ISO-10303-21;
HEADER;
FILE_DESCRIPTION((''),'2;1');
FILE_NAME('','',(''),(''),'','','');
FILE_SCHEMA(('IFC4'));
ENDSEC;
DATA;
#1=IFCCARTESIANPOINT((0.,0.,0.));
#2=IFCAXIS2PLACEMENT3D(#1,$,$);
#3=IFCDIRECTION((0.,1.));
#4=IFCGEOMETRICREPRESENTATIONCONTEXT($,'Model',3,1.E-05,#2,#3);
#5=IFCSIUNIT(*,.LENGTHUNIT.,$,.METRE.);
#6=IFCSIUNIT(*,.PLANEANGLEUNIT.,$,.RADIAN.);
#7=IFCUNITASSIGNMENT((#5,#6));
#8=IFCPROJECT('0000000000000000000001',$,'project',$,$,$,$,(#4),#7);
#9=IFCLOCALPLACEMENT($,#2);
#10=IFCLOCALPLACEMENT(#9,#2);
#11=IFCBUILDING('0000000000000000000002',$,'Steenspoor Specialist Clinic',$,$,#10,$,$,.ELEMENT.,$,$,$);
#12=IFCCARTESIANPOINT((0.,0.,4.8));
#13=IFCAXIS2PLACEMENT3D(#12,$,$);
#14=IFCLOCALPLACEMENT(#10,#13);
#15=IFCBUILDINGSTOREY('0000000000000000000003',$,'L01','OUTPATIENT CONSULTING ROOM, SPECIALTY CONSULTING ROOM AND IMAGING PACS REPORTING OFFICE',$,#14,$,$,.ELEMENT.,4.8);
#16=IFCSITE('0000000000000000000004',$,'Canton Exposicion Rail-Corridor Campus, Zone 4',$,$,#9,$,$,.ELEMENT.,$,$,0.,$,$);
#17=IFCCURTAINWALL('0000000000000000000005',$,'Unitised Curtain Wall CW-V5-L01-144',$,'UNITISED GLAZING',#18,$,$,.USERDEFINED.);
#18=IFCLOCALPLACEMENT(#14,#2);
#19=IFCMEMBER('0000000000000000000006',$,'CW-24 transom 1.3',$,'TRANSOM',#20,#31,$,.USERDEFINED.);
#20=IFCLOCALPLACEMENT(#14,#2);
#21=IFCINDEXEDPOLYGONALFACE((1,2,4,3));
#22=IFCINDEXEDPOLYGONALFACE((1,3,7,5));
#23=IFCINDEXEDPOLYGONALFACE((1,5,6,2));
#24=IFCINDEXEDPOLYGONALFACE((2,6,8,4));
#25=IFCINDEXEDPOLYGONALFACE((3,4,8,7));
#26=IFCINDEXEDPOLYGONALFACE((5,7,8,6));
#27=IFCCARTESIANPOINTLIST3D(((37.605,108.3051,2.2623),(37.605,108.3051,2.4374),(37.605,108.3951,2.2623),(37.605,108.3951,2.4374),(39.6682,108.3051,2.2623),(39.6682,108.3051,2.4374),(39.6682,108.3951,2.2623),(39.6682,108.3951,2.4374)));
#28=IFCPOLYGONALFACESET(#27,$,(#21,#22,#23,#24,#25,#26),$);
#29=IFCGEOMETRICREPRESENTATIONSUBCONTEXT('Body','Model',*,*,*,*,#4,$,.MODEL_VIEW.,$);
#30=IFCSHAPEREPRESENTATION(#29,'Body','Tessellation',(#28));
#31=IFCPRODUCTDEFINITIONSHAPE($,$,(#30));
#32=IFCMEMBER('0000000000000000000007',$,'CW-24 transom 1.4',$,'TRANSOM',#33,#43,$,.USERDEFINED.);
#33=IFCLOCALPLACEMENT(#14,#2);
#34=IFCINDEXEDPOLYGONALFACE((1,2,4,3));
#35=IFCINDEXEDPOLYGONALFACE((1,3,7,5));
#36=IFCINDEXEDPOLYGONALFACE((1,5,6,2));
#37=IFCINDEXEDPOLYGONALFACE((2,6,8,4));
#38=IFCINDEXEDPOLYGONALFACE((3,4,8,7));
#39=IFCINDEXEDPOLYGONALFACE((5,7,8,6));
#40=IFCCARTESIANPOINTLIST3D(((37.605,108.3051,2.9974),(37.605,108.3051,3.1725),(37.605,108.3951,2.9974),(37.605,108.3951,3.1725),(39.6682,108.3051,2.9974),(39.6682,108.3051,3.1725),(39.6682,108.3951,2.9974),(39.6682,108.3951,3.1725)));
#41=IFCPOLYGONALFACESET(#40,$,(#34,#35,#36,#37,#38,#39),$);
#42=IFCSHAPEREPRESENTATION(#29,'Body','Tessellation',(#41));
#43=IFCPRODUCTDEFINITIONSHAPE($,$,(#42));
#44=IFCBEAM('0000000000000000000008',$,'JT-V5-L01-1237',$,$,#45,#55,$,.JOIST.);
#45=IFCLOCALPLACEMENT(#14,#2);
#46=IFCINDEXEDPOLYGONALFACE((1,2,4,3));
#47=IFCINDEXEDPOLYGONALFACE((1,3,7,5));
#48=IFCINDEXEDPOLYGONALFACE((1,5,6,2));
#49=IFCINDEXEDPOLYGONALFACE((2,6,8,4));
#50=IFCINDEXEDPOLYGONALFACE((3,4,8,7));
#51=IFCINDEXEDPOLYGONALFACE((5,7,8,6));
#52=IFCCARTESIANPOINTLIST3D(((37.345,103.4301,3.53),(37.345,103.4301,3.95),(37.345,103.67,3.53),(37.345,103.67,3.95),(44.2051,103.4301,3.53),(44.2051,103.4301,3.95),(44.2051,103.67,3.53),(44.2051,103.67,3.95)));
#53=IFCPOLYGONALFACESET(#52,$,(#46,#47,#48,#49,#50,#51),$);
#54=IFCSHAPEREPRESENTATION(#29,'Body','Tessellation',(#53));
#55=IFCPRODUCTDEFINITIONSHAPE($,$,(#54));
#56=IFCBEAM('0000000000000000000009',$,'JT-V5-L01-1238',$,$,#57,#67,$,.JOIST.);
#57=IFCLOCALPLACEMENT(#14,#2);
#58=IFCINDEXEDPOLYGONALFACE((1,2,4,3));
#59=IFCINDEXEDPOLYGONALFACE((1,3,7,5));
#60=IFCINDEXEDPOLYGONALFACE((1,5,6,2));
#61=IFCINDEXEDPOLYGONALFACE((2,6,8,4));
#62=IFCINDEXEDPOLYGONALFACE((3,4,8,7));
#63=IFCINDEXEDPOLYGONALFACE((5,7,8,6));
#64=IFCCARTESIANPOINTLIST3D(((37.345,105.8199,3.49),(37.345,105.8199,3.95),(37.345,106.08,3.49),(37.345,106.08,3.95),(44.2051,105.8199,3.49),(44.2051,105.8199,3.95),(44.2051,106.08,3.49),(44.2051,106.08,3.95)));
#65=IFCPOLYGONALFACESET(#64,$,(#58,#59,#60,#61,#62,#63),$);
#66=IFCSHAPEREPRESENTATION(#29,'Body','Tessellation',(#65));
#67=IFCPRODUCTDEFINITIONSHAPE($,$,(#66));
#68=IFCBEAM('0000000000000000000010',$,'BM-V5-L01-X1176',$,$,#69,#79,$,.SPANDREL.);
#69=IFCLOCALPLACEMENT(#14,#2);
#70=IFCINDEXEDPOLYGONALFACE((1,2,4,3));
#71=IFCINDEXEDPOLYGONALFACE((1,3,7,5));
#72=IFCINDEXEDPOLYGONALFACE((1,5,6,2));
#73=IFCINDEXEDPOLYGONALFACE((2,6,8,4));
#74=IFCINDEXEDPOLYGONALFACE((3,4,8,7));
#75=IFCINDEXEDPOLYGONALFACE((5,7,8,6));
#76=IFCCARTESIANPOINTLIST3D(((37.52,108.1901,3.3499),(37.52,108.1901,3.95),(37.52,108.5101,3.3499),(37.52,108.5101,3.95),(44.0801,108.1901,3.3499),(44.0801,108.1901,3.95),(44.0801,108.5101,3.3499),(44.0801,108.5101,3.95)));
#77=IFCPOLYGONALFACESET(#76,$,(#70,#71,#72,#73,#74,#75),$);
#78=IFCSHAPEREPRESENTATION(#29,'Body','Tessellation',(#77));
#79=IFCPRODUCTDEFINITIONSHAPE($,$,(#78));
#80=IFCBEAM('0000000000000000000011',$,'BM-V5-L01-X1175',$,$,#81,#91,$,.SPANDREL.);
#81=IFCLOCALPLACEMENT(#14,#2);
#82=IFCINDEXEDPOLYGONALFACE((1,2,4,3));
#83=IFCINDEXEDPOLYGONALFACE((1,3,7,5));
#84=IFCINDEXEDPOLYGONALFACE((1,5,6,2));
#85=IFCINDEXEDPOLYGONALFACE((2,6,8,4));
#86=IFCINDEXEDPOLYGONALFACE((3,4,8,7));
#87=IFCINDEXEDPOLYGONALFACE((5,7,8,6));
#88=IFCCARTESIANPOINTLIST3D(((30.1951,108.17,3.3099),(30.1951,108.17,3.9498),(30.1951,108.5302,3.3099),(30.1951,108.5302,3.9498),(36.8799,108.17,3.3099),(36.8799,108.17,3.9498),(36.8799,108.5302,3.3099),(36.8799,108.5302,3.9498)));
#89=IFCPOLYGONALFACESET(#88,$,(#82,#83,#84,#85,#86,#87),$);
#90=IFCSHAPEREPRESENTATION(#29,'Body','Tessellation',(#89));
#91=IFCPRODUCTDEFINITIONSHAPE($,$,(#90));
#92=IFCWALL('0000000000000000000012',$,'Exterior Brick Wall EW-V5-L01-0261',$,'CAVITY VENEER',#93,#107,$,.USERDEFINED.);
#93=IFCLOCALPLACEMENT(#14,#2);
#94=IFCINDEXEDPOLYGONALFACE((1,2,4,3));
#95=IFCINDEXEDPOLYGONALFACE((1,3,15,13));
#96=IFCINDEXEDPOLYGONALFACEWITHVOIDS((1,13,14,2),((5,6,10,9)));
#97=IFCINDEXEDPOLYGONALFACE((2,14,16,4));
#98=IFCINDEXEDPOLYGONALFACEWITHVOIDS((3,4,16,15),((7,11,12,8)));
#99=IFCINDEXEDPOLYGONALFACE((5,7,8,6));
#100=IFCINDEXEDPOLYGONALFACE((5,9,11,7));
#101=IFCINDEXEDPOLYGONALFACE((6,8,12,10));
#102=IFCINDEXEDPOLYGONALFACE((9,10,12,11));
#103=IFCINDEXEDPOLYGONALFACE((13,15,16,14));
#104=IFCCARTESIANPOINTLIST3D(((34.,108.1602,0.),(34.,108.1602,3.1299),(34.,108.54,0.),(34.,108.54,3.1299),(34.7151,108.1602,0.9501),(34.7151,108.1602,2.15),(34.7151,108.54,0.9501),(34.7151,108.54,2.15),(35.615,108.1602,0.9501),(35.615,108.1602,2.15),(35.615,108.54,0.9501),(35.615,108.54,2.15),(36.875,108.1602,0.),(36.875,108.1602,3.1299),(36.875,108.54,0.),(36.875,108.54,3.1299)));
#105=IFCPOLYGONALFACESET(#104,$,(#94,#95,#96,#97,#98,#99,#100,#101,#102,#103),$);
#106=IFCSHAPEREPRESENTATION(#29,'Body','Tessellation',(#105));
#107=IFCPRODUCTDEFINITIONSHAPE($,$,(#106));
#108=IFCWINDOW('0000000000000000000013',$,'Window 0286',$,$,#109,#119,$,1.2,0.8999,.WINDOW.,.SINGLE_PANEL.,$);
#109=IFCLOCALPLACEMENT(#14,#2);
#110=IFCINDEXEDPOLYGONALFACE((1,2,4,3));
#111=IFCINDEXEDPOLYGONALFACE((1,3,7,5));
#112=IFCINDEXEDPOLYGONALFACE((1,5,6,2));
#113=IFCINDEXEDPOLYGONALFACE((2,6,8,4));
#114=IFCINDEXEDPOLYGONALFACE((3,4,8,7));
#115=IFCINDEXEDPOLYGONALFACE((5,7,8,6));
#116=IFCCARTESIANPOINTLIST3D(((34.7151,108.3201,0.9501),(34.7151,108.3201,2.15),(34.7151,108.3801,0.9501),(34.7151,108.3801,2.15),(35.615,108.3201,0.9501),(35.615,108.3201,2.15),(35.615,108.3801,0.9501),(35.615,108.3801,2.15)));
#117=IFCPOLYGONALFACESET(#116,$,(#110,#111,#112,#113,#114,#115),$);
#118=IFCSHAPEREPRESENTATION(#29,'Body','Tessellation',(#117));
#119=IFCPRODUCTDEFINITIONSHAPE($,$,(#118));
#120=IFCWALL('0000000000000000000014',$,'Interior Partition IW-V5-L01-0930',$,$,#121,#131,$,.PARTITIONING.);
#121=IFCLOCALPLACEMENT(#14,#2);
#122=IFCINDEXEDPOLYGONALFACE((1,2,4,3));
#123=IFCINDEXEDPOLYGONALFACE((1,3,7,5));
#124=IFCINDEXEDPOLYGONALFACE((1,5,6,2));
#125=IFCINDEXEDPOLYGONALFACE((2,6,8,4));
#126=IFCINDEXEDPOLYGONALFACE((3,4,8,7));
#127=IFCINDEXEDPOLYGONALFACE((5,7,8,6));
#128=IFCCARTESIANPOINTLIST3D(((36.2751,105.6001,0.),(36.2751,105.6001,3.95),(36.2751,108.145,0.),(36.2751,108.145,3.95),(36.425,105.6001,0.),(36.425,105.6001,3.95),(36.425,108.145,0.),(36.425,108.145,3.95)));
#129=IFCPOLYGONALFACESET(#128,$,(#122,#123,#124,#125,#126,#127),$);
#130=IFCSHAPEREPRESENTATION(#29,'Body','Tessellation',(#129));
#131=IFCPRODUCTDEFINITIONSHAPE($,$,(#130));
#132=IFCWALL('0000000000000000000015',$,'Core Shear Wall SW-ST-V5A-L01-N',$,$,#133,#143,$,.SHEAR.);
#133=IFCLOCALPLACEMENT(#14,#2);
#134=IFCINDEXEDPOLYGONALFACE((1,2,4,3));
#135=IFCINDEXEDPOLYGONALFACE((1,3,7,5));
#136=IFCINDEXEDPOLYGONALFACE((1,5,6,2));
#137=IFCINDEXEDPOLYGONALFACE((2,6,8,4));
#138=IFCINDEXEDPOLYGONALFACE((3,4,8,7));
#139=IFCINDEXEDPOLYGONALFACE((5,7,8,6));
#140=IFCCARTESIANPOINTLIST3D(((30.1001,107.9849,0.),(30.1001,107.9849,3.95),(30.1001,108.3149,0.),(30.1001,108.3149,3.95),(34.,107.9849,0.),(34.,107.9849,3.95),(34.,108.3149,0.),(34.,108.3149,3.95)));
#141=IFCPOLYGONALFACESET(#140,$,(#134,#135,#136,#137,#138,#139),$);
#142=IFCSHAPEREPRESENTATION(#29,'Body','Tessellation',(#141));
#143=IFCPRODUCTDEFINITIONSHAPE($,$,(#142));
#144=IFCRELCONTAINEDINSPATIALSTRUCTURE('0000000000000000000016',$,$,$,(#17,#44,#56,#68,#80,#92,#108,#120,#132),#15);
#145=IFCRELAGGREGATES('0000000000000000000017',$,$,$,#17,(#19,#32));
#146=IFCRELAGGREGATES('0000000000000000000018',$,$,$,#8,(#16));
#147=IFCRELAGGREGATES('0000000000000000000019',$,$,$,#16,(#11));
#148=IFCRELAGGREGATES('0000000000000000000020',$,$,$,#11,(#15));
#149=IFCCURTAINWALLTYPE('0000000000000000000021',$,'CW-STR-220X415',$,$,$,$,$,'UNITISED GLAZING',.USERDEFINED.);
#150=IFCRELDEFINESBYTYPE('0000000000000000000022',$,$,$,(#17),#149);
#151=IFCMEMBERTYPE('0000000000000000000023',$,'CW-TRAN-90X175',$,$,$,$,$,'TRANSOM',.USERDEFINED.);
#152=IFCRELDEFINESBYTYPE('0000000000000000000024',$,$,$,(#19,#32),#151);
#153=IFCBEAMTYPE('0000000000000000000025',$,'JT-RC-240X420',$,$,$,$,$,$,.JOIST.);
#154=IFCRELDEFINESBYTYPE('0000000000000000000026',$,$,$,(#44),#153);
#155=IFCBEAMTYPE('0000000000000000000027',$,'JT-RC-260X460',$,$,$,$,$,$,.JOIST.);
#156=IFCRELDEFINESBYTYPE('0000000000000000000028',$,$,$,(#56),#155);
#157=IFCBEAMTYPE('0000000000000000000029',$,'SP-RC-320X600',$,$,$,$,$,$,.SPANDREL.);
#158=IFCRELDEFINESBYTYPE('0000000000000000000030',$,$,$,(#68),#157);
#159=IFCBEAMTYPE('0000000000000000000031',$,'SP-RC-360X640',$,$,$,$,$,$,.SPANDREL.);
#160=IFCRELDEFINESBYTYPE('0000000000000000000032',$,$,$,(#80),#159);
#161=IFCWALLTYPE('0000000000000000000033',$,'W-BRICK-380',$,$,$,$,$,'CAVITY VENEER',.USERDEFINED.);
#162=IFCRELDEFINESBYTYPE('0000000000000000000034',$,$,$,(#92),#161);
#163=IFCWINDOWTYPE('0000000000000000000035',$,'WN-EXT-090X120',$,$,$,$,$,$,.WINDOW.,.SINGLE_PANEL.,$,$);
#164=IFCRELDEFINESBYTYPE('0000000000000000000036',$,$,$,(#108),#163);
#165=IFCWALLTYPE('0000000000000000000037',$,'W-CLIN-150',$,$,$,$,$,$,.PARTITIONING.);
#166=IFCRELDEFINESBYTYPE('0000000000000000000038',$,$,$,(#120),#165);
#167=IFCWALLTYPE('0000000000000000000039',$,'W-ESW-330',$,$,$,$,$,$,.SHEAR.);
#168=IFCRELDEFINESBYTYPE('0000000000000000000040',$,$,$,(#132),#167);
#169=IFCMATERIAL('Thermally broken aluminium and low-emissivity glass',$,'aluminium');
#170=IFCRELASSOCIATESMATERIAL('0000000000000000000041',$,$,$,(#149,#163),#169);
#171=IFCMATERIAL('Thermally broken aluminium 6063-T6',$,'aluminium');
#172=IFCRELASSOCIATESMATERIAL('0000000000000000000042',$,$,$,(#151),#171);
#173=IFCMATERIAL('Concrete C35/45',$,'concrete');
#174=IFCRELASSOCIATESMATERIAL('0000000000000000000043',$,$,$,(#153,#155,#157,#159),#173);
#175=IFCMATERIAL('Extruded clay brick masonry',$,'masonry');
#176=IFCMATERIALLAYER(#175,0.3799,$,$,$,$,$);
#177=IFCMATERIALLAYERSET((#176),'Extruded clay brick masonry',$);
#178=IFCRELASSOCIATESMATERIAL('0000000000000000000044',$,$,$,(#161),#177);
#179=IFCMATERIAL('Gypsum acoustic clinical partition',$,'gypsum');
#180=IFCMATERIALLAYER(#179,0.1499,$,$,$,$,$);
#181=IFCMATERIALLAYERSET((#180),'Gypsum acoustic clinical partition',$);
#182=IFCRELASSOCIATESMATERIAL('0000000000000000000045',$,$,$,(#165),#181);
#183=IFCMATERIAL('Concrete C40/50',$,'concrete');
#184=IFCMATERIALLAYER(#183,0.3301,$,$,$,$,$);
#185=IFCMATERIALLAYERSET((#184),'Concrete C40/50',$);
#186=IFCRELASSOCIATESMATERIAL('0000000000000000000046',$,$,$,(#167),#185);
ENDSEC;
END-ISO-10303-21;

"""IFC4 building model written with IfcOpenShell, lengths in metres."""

from ifc_helpers import new_model, si_unit, direction, frame, frame_2d, origin, origin_2d, place, context, subcontext, project, spatial, rectangle, extrude, material, layer, layer_set, material_profile, profile_set, type_object, element, fill, aggregate, save


model = new_model("IFC4")

# Units and contexts
model_context = context("Model", 3, precision=1e-05, world=origin(), true_north=direction((0.0, 1.0)))
body_context = subcontext(model_context, "Body", "Model", "MODEL_VIEW")
ifc_project = project(units=[si_unit("LENGTHUNIT", "METRE"), si_unit("PLANEANGLEUNIT", "RADIAN")], contexts=[model_context])

# Site, building, storey
site_placement = place(None, origin())
site = spatial("IfcSite", under=ifc_project, at=site_placement, Name="Canton Exposicion Rail-Corridor Campus, Zone 4", CompositionType="ELEMENT", RefElevation=0.0)
building_placement = place(site_placement, origin())
building = spatial("IfcBuilding", under=site, at=building_placement, Name="Steenspoor Specialist Clinic", CompositionType="ELEMENT")
storey_placement = place(building_placement, frame((0.0, 0.0, 4.8)))
storey = spatial("IfcBuildingStorey", under=building, at=storey_placement, Name="L01", Description="OUTPATIENT CONSULTING ROOM, SPECIALTY CONSULTING ROOM AND IMAGING PACS REPORTING OFFICE", CompositionType="ELEMENT", Elevation=4.8)

# Shared definitions
ifc_material_1 = material(Name="Concrete C40/50", Category="concrete")

# Shared definitions
ifc_material_2 = material(Name="Concrete C35/45", Category="concrete")

# Curtain wall, members
ifc_material_3 = material(Name="Thermally broken aluminium and low-emissivity glass", Category="aluminium")
curtain_wall_type = type_object("IfcCurtainWallType", Name="CW-STR-220X415", ElementType="UNITISED GLAZING", PredefinedType="USERDEFINED", material=ifc_material_3)
curtain_wall_placement = place(storey_placement, origin())
curtain_wall = element("IfcCurtainWall", 1, at=curtain_wall_placement, inside=storey, type_object=curtain_wall_type, Name="Unitised Curtain Wall CW-V5-L01-144", ObjectType="UNITISED GLAZING", PredefinedType="USERDEFINED")
ifc_material_4 = material(Name="Thermally broken aluminium 6063-T6", Category="aluminium")
ifc_material_profile_1 = material_profile(ifc_material_4, rectangle(XDim=0.0901, YDim=0.175, at=origin_2d()), Name="CWT-90X175")
ifc_profile_set_1 = profile_set([ifc_material_profile_1], Name="Thermally broken aluminium 6063-T6")
member_type_1 = type_object("IfcMemberType", Name="CW-TRAN-90X175", ElementType="TRANSOM", PredefinedType="USERDEFINED", material=ifc_profile_set_1)
member_1_placement = place(storey_placement, frame((37.605, 108.3501, 2.3499), z_axis=(1.0, 0.0, 0.0), x_axis=(0.0, 1.0, 0.0)))
member_1 = element("IfcMember", 2, at=member_1_placement, type_object=member_type_1, Name="CW-24 transom 1.3", ObjectType="TRANSOM", PredefinedType="USERDEFINED", context=body_context, shape_type="SweptSolid", body=[
    extrude(rectangle(XDim=0.0901, YDim=0.175, at=origin_2d()), origin(), (0.0, 0.0, 1.0), 2.0632),
])
member_2_placement = place(storey_placement, frame((37.605, 108.3501, 3.085), z_axis=(1.0, 0.0, 0.0), x_axis=(0.0, 1.0, 0.0)))
member_2 = element("IfcMember", 3, at=member_2_placement, type_object=member_type_1, Name="CW-24 transom 1.4", ObjectType="TRANSOM", PredefinedType="USERDEFINED", context=body_context, shape_type="SweptSolid", body=[
    extrude(rectangle(XDim=0.0901, YDim=0.175, at=origin_2d()), origin(), (0.0, 0.0, 1.0), 2.0632),
])
aggregate(curtain_wall, [member_1, member_2])

# Beams
ifc_material_profile_2 = material_profile(ifc_material_2, rectangle(XDim=0.24, YDim=0.4199, at=origin_2d()), Name="RC-JT-240X420")
ifc_profile_set_2 = profile_set([ifc_material_profile_2], Name="Concrete C35/45")
beam_type_1 = type_object("IfcBeamType", Name="JT-RC-240X420", PredefinedType="JOIST", material=ifc_profile_set_2)
beam_1_placement = place(storey_placement, frame((37.345, 103.55, 3.74), z_axis=(1.0, 0.0, 0.0), x_axis=(0.0, 1.0, 0.0)))
element("IfcBeam", 4, at=beam_1_placement, inside=storey, type_object=beam_type_1, Name="JT-V5-L01-1237", PredefinedType="JOIST", context=body_context, shape_type="SweptSolid", body=[
    extrude(rectangle(XDim=0.24, YDim=0.4199, at=origin_2d()), origin(), (0.0, 0.0, 1.0), 6.8601),
])
ifc_material_profile_3 = material_profile(ifc_material_2, rectangle(XDim=0.26, YDim=0.46, at=origin_2d()), Name="RC-JT-260X460")
ifc_profile_set_3 = profile_set([ifc_material_profile_3], Name="Concrete C35/45")
beam_type_2 = type_object("IfcBeamType", Name="JT-RC-260X460", PredefinedType="JOIST", material=ifc_profile_set_3)
beam_2_placement = place(storey_placement, frame((37.345, 105.95, 3.72), z_axis=(1.0, 0.0, 0.0), x_axis=(0.0, 1.0, 0.0)))
element("IfcBeam", 5, at=beam_2_placement, inside=storey, type_object=beam_type_2, Name="JT-V5-L01-1238", PredefinedType="JOIST", context=body_context, shape_type="SweptSolid", body=[
    extrude(rectangle(XDim=0.26, YDim=0.46, at=origin_2d()), origin(), (0.0, 0.0, 1.0), 6.8601),
])
ifc_material_profile_4 = material_profile(ifc_material_2, rectangle(XDim=0.3201, YDim=0.6001, at=origin_2d()), Name="RC-SP-320X600")
ifc_profile_set_4 = profile_set([ifc_material_profile_4], Name="Concrete C35/45")
beam_type_3 = type_object("IfcBeamType", Name="SP-RC-320X600", PredefinedType="SPANDREL", material=ifc_profile_set_4)
beam_3_placement = place(storey_placement, frame((37.52, 108.3501, 3.6499), z_axis=(1.0, 0.0, 0.0), x_axis=(0.0, 1.0, 0.0)))
element("IfcBeam", 6, at=beam_3_placement, inside=storey, type_object=beam_type_3, Name="BM-V5-L01-X1176", PredefinedType="SPANDREL", context=body_context, shape_type="SweptSolid", body=[
    extrude(rectangle(XDim=0.3201, YDim=0.6001, at=origin_2d()), origin(), (0.0, 0.0, 1.0), 6.5601),
])
ifc_material_profile_5 = material_profile(ifc_material_2, rectangle(XDim=0.3601, YDim=0.6399, at=origin_2d()), Name="RC-SP-360X640")
ifc_profile_set_5 = profile_set([ifc_material_profile_5], Name="Concrete C35/45")
beam_type_4 = type_object("IfcBeamType", Name="SP-RC-360X640", PredefinedType="SPANDREL", material=ifc_profile_set_5)
beam_4_placement = place(storey_placement, frame((30.1951, 108.3501, 3.6299), z_axis=(1.0, 0.0, 0.0), x_axis=(0.0, 1.0, 0.0)))
element("IfcBeam", 7, at=beam_4_placement, inside=storey, type_object=beam_type_4, Name="BM-V5-L01-X1175", PredefinedType="SPANDREL", context=body_context, shape_type="SweptSolid", body=[
    extrude(rectangle(XDim=0.3601, YDim=0.6399, at=origin_2d()), origin(), (0.0, 0.0, 1.0), 6.6848),
])

# Wall, opening, window
ifc_material_5 = material(Name="Extruded clay brick masonry", Category="masonry")
ifc_layer_1 = layer(ifc_material_5, 0.3799)
ifc_layer_set_1 = layer_set([ifc_layer_1], Name="Extruded clay brick masonry")
wall_type_1 = type_object("IfcWallType", Name="W-BRICK-380", ElementType="CAVITY VENEER", PredefinedType="USERDEFINED", material=ifc_layer_set_1)
wall_1_placement = place(storey_placement, frame((34.0, 108.3501, 0.0), z_axis=(0.0, 0.0, 1.0), x_axis=(1.0, 0.0, 0.0)))
wall_1 = element("IfcWall", 8, at=wall_1_placement, inside=storey, type_object=wall_type_1, Name="Exterior Brick Wall EW-V5-L01-0261", ObjectType="CAVITY VENEER", PredefinedType="USERDEFINED", context=body_context, shape_type="SweptSolid", body=[
    extrude(rectangle(XDim=2.875, YDim=0.3799, at=frame_2d((1.4375, 0.0))), origin(), (0.0, 0.0, 1.0), 3.1299),
])
opening_placement = place(wall_1_placement, frame((0.7151, 0.0, 0.95)))
opening = element("IfcOpeningElement", 9, at=opening_placement, cuts=wall_1, PredefinedType="OPENING", context=body_context, shape_type="SweptSolid", body=[
    extrude(rectangle(XDim=0.8999, YDim=1.2, at=frame_2d((0.45, 0.6001))), frame((0.0, 0.2, 0.0), z_axis=(0.0, -1.0, 0.0), x_axis=(1.0, 0.0, 0.0)), (0.0, 0.0, 1.0), 0.3999),
])
window_type = type_object("IfcWindowType", Name="WN-EXT-090X120", PartitioningType="SINGLE_PANEL", PredefinedType="WINDOW", material=ifc_material_3)
window_placement = place(opening_placement, origin())
window = element("IfcWindow", 10, at=window_placement, inside=storey, type_object=window_type, Name="Window 0286", OverallHeight=1.2, OverallWidth=0.8999, PartitioningType="SINGLE_PANEL", PredefinedType="WINDOW", context=body_context, shape_type="SweptSolid", body=[
    extrude(rectangle(XDim=0.8999, YDim=1.2, at=frame_2d((0.45, 0.6001))), frame((0.0, 0.03, 0.0), z_axis=(0.0, -1.0, 0.0), x_axis=(1.0, 0.0, 0.0)), (0.0, 0.0, 1.0), 0.0601),
])
fill(opening, window)

# Walls
ifc_material_6 = material(Name="Gypsum acoustic clinical partition", Category="gypsum")
ifc_layer_2 = layer(ifc_material_6, 0.1499)
ifc_layer_set_2 = layer_set([ifc_layer_2], Name="Gypsum acoustic clinical partition")
wall_type_2 = type_object("IfcWallType", Name="W-CLIN-150", PredefinedType="PARTITIONING", material=ifc_layer_set_2)
wall_2_placement = place(storey_placement, frame((36.3501, 105.6001, 0.0), z_axis=(0.0, 0.0, 1.0), x_axis=(0.0, 1.0, 0.0)))
element("IfcWall", 11, at=wall_2_placement, inside=storey, type_object=wall_type_2, Name="Interior Partition IW-V5-L01-0930", PredefinedType="PARTITIONING", context=body_context, shape_type="SweptSolid", body=[
    extrude(rectangle(XDim=2.5449, YDim=0.1499, at=frame_2d((1.2725, 0.0))), origin(), (0.0, 0.0, 1.0), 3.95),
])
ifc_layer_3 = layer(ifc_material_1, 0.3301)
ifc_layer_set_3 = layer_set([ifc_layer_3], Name="Concrete C40/50")
wall_type_3 = type_object("IfcWallType", Name="W-ESW-330", PredefinedType="SHEAR", material=ifc_layer_set_3)
wall_3_placement = place(storey_placement, frame((30.1001, 108.1499, 0.0), z_axis=(0.0, 0.0, 1.0), x_axis=(1.0, 0.0, 0.0)))
element("IfcWall", 12, at=wall_3_placement, inside=storey, type_object=wall_type_3, Name="Core Shear Wall SW-ST-V5A-L01-N", PredefinedType="SHEAR", context=body_context, shape_type="SweptSolid", body=[
    extrude(rectangle(XDim=3.8999, YDim=0.3301, at=frame_2d((1.95, 0.0))), origin(), (0.0, 0.0, 1.0), 3.95),
])

save(model, "model.ifc")
